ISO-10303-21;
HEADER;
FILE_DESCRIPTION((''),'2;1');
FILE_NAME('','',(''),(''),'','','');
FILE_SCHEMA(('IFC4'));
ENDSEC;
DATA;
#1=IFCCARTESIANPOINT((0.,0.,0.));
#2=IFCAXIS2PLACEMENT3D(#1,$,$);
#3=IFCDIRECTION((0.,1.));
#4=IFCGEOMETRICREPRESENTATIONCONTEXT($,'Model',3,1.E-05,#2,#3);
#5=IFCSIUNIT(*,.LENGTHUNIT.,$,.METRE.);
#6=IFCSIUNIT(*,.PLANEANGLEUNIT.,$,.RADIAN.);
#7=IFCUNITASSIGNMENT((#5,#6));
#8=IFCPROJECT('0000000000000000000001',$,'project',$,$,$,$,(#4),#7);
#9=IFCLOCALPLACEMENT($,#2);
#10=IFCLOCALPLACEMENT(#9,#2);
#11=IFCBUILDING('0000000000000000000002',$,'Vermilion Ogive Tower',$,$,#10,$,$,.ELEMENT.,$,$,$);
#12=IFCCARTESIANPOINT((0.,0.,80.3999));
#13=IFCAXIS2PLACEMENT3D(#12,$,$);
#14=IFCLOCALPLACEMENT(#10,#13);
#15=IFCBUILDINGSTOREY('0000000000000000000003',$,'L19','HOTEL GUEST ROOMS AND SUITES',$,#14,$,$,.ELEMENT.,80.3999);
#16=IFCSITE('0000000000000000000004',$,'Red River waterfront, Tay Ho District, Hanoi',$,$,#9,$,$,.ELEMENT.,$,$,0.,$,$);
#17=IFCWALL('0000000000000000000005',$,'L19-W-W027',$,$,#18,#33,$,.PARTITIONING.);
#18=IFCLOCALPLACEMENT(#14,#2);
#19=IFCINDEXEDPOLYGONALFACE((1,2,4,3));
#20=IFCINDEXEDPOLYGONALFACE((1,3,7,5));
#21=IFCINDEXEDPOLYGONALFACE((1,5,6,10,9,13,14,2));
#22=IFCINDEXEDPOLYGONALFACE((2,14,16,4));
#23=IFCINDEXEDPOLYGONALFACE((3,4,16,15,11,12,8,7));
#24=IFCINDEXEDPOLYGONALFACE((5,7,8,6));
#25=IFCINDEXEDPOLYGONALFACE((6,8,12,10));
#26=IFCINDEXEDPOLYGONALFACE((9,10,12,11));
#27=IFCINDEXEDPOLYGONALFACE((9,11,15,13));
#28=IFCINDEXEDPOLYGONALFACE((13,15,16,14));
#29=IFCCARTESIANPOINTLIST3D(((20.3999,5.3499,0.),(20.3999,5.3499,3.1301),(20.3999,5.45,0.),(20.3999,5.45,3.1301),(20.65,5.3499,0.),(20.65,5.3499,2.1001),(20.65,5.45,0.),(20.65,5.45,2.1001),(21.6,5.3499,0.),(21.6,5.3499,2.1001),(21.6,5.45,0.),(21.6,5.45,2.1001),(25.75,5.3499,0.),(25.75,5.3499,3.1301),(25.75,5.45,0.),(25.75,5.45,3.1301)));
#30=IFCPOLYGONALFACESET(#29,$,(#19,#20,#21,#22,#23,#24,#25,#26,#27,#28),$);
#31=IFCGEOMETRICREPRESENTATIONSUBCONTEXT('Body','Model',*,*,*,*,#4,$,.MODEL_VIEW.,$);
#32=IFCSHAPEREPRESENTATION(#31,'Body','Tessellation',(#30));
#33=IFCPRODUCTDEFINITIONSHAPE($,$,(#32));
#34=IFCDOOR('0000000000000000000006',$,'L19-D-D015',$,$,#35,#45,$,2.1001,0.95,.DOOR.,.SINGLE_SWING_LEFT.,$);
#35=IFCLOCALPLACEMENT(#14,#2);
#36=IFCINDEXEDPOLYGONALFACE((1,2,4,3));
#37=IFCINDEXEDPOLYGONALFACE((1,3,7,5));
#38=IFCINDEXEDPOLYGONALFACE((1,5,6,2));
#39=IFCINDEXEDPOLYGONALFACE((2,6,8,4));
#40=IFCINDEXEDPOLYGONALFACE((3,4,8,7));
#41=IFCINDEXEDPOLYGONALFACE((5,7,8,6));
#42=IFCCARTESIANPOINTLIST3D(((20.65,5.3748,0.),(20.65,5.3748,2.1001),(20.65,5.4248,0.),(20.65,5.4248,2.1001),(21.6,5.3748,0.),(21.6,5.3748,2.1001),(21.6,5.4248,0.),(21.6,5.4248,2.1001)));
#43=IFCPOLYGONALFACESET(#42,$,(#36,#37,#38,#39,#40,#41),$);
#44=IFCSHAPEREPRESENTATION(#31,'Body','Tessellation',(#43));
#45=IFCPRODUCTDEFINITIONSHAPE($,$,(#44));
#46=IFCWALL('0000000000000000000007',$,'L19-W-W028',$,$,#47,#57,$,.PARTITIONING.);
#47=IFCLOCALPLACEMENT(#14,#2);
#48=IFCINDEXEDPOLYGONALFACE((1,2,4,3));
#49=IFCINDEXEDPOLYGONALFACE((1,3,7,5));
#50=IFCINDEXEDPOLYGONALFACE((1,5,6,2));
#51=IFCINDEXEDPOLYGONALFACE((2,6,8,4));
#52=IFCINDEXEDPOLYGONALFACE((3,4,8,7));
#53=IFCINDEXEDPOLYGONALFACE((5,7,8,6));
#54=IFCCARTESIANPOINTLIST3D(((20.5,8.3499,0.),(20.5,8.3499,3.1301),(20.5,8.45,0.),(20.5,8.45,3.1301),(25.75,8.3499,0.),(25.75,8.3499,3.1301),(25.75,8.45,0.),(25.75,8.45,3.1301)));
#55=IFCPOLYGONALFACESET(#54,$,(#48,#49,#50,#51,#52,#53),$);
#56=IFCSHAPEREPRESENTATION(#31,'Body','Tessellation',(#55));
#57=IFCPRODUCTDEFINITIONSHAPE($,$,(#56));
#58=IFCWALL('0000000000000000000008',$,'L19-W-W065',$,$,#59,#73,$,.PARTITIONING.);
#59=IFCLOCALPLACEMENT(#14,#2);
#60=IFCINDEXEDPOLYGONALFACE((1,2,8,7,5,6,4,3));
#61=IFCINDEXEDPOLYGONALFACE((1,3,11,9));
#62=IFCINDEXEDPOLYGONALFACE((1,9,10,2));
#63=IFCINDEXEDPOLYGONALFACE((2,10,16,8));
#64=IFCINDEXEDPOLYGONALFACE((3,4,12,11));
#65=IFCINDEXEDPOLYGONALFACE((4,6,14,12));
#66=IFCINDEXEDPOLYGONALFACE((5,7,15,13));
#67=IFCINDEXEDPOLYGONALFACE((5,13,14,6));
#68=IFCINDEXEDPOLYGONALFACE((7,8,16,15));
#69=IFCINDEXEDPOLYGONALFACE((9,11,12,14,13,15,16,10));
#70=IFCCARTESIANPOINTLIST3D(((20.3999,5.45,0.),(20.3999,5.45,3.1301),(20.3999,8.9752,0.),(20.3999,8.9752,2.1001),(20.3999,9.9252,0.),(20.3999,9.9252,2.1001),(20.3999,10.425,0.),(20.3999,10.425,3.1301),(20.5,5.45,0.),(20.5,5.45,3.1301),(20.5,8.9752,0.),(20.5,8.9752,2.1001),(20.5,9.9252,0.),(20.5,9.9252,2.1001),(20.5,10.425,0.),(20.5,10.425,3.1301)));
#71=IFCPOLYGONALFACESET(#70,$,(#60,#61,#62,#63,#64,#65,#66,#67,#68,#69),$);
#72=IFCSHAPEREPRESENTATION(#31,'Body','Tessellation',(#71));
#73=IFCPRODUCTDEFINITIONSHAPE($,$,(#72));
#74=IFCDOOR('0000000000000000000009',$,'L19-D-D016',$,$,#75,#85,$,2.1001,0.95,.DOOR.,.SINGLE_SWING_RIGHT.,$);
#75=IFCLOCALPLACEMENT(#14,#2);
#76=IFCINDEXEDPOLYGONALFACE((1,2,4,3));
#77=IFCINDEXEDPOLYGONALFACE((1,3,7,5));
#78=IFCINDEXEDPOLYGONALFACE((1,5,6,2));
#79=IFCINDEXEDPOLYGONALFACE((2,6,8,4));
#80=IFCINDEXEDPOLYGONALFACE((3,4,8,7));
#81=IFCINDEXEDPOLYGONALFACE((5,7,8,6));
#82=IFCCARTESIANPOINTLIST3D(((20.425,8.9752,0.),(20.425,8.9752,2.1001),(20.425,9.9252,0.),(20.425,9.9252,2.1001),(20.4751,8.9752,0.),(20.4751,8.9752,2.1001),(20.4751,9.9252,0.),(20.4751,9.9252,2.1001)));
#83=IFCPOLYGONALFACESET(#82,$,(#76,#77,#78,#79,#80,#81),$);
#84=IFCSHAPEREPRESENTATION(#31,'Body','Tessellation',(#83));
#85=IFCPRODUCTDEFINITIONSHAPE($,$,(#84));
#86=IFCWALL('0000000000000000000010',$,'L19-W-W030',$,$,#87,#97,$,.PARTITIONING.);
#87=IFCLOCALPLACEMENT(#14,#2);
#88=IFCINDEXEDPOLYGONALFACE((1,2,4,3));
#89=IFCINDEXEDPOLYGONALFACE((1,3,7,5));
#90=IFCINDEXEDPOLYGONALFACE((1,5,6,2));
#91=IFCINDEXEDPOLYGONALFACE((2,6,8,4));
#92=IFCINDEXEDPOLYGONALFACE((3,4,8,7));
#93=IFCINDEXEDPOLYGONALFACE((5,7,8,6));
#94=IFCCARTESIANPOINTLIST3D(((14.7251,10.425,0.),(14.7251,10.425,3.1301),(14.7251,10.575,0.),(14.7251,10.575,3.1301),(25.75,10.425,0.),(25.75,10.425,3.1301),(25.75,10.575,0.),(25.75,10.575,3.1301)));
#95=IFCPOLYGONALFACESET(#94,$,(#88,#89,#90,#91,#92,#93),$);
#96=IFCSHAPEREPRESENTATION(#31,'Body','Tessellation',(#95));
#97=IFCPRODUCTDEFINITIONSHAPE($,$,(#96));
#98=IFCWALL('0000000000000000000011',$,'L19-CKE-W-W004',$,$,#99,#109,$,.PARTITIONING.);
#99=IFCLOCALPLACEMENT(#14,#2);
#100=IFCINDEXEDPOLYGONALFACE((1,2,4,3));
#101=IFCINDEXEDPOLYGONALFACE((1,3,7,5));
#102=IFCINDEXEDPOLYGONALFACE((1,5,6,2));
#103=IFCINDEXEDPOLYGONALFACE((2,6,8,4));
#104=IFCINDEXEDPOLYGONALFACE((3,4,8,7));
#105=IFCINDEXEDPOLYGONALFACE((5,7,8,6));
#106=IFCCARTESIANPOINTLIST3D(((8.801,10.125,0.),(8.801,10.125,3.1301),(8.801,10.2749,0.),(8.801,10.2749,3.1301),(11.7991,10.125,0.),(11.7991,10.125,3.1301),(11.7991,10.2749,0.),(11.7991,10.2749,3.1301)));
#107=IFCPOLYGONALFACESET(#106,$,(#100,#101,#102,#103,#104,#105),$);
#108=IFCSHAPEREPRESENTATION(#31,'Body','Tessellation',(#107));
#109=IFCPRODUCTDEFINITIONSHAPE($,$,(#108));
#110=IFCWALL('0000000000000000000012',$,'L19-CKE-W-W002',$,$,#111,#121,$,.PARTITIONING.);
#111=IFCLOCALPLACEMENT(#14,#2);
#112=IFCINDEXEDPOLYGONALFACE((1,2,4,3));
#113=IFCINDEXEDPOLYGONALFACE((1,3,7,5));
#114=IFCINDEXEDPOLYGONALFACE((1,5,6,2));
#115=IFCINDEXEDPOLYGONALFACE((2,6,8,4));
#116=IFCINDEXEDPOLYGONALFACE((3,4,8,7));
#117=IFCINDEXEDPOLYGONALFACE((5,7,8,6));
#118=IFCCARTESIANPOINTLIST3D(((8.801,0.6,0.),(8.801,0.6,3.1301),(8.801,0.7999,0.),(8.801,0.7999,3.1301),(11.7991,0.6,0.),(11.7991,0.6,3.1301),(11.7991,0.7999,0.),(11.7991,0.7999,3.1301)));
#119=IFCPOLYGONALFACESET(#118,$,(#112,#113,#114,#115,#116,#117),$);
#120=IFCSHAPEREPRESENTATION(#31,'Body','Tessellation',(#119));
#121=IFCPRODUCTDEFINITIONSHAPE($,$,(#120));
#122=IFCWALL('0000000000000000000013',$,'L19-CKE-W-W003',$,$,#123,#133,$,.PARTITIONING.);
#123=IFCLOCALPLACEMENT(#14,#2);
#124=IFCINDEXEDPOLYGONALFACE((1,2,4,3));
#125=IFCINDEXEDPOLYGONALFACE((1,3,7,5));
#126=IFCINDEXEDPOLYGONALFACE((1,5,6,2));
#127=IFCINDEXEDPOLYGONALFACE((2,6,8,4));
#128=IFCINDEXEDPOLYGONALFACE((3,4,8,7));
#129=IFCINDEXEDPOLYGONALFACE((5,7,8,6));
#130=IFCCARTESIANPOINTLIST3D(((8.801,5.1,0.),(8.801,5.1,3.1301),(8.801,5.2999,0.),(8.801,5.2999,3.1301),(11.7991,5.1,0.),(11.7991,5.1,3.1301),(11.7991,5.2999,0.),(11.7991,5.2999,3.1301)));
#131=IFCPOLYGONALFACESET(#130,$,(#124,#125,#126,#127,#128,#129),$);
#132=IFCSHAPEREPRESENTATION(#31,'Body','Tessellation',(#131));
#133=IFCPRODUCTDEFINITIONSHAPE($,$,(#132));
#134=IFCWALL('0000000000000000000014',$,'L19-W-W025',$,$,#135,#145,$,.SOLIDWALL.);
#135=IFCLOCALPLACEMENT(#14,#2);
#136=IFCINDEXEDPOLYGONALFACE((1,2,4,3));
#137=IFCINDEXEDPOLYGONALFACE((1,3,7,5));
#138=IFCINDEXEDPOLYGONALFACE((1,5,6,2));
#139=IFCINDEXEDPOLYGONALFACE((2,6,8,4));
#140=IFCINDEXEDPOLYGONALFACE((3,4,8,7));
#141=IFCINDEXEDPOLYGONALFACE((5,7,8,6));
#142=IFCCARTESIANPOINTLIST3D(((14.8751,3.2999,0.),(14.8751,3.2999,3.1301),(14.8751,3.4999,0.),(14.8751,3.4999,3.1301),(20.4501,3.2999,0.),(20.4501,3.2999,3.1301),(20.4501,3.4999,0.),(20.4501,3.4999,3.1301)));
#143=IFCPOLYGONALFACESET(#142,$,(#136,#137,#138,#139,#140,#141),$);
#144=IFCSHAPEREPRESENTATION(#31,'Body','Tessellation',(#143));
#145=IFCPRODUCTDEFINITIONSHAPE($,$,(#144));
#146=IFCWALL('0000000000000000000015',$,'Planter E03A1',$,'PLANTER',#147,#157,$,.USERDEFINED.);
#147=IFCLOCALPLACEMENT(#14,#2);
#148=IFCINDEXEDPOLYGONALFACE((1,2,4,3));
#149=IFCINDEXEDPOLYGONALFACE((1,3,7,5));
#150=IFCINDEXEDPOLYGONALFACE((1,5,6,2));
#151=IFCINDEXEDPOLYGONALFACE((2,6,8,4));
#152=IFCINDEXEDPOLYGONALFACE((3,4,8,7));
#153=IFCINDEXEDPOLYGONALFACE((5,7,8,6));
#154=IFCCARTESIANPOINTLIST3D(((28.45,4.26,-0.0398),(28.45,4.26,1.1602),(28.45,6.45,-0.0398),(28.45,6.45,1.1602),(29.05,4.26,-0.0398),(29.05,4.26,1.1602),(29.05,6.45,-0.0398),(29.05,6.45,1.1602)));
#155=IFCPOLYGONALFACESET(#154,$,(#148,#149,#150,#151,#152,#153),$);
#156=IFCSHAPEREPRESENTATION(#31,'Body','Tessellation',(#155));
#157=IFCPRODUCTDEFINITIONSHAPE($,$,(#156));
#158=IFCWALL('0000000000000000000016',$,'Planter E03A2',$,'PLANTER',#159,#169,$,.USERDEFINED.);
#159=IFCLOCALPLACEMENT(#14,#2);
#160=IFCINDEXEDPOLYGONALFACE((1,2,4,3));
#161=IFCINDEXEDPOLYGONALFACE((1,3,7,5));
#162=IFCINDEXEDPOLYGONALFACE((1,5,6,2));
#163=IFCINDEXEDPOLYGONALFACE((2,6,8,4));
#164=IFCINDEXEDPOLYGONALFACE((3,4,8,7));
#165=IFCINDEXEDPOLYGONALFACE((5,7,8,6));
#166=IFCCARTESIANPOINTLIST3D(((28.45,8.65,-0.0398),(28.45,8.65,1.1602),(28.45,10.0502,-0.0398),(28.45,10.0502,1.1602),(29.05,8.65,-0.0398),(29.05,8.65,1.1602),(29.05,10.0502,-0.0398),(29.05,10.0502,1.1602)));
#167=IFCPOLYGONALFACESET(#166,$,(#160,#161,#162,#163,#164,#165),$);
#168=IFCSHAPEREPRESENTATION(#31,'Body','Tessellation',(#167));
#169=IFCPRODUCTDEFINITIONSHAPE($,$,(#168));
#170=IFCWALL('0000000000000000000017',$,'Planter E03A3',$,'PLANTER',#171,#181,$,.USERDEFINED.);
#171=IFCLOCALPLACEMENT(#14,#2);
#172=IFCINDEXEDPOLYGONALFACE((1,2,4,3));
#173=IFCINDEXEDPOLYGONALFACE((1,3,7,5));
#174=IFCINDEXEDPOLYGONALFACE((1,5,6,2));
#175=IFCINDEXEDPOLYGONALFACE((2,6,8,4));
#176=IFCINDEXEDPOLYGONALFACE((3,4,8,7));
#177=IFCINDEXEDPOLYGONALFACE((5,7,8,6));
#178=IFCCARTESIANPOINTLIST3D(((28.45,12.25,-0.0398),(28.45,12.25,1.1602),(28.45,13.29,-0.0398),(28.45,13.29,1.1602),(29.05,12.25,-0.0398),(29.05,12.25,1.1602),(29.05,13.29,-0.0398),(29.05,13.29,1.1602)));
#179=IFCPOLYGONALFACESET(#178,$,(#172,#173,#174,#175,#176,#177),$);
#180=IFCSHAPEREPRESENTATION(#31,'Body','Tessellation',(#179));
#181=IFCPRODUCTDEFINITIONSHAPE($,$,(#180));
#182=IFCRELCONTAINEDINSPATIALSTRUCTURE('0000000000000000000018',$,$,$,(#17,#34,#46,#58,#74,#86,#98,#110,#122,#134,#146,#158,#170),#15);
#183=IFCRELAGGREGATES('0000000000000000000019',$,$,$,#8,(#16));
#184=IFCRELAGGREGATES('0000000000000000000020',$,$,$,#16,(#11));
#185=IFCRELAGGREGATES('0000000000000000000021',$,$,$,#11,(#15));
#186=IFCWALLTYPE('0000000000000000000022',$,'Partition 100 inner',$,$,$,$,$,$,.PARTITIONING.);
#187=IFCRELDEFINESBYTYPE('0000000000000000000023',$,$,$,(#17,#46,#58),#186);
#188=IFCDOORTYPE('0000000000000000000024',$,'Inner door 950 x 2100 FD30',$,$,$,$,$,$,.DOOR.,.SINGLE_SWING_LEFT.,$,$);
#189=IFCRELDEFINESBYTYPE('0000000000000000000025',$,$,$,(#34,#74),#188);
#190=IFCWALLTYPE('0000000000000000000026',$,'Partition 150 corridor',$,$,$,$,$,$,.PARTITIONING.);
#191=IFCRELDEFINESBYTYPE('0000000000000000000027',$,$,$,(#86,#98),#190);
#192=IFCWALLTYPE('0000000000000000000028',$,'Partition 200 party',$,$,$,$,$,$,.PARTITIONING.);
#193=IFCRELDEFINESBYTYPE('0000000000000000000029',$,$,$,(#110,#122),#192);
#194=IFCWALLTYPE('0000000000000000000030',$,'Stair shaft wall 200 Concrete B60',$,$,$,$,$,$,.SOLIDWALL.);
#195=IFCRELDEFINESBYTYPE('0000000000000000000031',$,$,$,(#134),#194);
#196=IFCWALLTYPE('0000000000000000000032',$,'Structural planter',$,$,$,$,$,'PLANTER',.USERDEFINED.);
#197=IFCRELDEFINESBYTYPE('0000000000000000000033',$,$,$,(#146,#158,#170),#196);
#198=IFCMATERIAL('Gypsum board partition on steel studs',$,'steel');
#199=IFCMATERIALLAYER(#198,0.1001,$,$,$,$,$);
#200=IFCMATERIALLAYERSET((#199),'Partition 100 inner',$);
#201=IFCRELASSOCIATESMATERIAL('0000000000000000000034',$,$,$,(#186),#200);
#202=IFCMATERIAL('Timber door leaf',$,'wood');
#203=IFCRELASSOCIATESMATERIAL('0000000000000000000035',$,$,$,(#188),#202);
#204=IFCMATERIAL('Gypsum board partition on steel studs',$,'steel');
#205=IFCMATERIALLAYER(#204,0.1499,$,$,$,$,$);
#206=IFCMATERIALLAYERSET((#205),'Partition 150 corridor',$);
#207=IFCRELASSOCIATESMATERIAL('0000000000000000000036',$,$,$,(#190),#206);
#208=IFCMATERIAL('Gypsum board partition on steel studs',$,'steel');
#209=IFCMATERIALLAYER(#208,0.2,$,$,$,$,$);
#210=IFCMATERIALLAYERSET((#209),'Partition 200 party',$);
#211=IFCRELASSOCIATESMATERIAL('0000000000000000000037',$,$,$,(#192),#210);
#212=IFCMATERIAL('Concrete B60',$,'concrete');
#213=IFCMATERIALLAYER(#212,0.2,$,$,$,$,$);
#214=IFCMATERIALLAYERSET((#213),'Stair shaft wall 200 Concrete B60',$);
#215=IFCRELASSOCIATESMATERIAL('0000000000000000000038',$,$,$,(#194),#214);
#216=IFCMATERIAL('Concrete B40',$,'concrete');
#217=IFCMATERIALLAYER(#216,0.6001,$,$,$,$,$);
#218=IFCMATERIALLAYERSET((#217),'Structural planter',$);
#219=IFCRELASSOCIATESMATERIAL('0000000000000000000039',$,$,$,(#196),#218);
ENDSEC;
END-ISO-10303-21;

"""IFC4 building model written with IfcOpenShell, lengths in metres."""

from ifc_helpers import new_model, si_unit, direction, frame, frame_2d, origin, place, context, subcontext, project, spatial, rectangle, extrude, material, layer, layer_set, type_object, element, fill, save


model = new_model("IFC4")

# Units and contexts
model_context = context("Model", 3, precision=1e-05, world=origin(), true_north=direction((0.0, 1.0)))
body_context = subcontext(model_context, "Body", "Model", "MODEL_VIEW")
ifc_project = project(units=[si_unit("LENGTHUNIT", "METRE"), si_unit("PLANEANGLEUNIT", "RADIAN")], contexts=[model_context])

# Site, building, storey
site_placement = place(None, origin())
site = spatial("IfcSite", under=ifc_project, at=site_placement, Name="Red River waterfront, Tay Ho District, Hanoi", CompositionType="ELEMENT", RefElevation=0.0)
building_placement = place(site_placement, origin())
building = spatial("IfcBuilding", under=site, at=building_placement, Name="Vermilion Ogive Tower", CompositionType="ELEMENT")
storey_placement = place(building_placement, frame((0.0, 0.0, 80.3999)))
storey = spatial("IfcBuildingStorey", under=building, at=storey_placement, Name="L19", Description="HOTEL GUEST ROOMS AND SUITES", CompositionType="ELEMENT", Elevation=80.3999)

# Wall, opening, door
ifc_material_1 = material(Name="Gypsum board partition on steel studs", Category="steel")
ifc_layer_1 = layer(ifc_material_1, 0.1001)
ifc_layer_set_1 = layer_set([ifc_layer_1], Name="Partition 100 inner")
wall_type_1 = type_object("IfcWallType", Name="Partition 100 inner", PredefinedType="PARTITIONING", material=ifc_layer_set_1)
ifc_material_2 = material(Name="Timber door leaf", Category="wood")
door_type_1 = type_object("IfcDoorType", Name="Inner door 950 x 2100 FD30", OperationType="SINGLE_SWING_LEFT", PredefinedType="DOOR", material=ifc_material_2)
wall_1_placement = place(storey_placement, frame((20.3999, 5.3999, 0.0), z_axis=(0.0, 0.0, 1.0), x_axis=(1.0, 0.0, 0.0)))
wall_1 = element("IfcWall", 1, at=wall_1_placement, inside=storey, type_object=wall_type_1, Name="L19-W-W027", PredefinedType="PARTITIONING", context=body_context, shape_type="SweptSolid", body=[
    extrude(rectangle(XDim=5.3501, YDim=0.1001, at=frame_2d((2.675, 0.0))), origin(), (0.0, 0.0, 1.0), 3.1301),
])
opening_1_placement = place(wall_1_placement, frame((0.25, 0.0, 0.0)))
opening_1 = element("IfcOpeningElement", 2, at=opening_1_placement, cuts=wall_1, PredefinedType="OPENING", context=body_context, shape_type="SweptSolid", body=[
    extrude(rectangle(XDim=0.95, YDim=2.1001, at=frame_2d((0.4751, 1.05))), frame((0.0, 0.0601, 0.0), z_axis=(0.0, -1.0, 0.0), x_axis=(1.0, 0.0, 0.0)), (0.0, 0.0, 1.0), 0.1201),
])
door_1_placement = place(opening_1_placement, origin())
door_1 = element("IfcDoor", 3, at=door_1_placement, inside=storey, type_object=door_type_1, Name="L19-D-D015", OperationType="SINGLE_SWING_LEFT", OverallHeight=2.1001, OverallWidth=0.95, PredefinedType="DOOR", context=body_context, shape_type="SweptSolid", body=[
    extrude(rectangle(XDim=0.95, YDim=2.1001, at=frame_2d((0.4751, 1.05))), frame((0.0, 0.0249, 0.0), z_axis=(0.0, -1.0, 0.0), x_axis=(1.0, 0.0, 0.0)), (0.0, 0.0, 1.0), 0.05),
])
fill(opening_1, door_1)

# Wall
wall_2_placement = place(storey_placement, frame((20.5, 8.3999, 0.0), z_axis=(0.0, 0.0, 1.0), x_axis=(1.0, 0.0, 0.0)))
element("IfcWall", 4, at=wall_2_placement, inside=storey, type_object=wall_type_1, Name="L19-W-W028", PredefinedType="PARTITIONING", context=body_context, shape_type="SweptSolid", body=[
    extrude(rectangle(XDim=5.25, YDim=0.1001, at=frame_2d((2.625, 0.0))), origin(), (0.0, 0.0, 1.0), 3.1301),
])

# Wall, opening, door
wall_3_placement = place(storey_placement, frame((20.45, 5.45, 0.0), z_axis=(0.0, 0.0, 1.0), x_axis=(0.0, 1.0, 0.0)))
wall_3 = element("IfcWall", 5, at=wall_3_placement, inside=storey, type_object=wall_type_1, Name="L19-W-W065", PredefinedType="PARTITIONING", context=body_context, shape_type="SweptSolid", body=[
    extrude(rectangle(XDim=4.9751, YDim=0.1001, at=frame_2d((2.4875, 0.0))), origin(), (0.0, 0.0, 1.0), 3.1301),
])
opening_2_placement = place(wall_3_placement, frame((3.5251, 0.0, 0.0)))
opening_2 = element("IfcOpeningElement", 6, at=opening_2_placement, cuts=wall_3, PredefinedType="OPENING", context=body_context, shape_type="SweptSolid", body=[
    extrude(rectangle(XDim=0.95, YDim=2.1001, at=frame_2d((0.4751, 1.05))), frame((0.0, 0.0601, 0.0), z_axis=(0.0, -1.0, 0.0), x_axis=(1.0, 0.0, 0.0)), (0.0, 0.0, 1.0), 0.1201),
])
door_2_placement = place(opening_2_placement, origin())
door_2 = element("IfcDoor", 7, at=door_2_placement, inside=storey, type_object=door_type_1, Name="L19-D-D016", OperationType="SINGLE_SWING_RIGHT", OverallHeight=2.1001, OverallWidth=0.95, PredefinedType="DOOR", context=body_context, shape_type="SweptSolid", body=[
    extrude(rectangle(XDim=0.95, YDim=2.1001, at=frame_2d((0.4751, 1.05))), frame((0.0, 0.0249, 0.0), z_axis=(0.0, -1.0, 0.0), x_axis=(1.0, 0.0, 0.0)), (0.0, 0.0, 1.0), 0.05),
])
fill(opening_2, door_2)

# Walls
ifc_material_3 = material(Name="Gypsum board partition on steel studs", Category="steel")
ifc_layer_2 = layer(ifc_material_3, 0.1499)
ifc_layer_set_2 = layer_set([ifc_layer_2], Name="Partition 150 corridor")
wall_type_2 = type_object("IfcWallType", Name="Partition 150 corridor", PredefinedType="PARTITIONING", material=ifc_layer_set_2)
wall_4_placement = place(storey_placement, frame((14.7251, 10.5, 0.0), z_axis=(0.0, 0.0, 1.0), x_axis=(1.0, 0.0, 0.0)))
element("IfcWall", 8, at=wall_4_placement, inside=storey, type_object=wall_type_2, Name="L19-W-W030", PredefinedType="PARTITIONING", context=body_context, shape_type="SweptSolid", body=[
    extrude(rectangle(XDim=11.0249, YDim=0.1499, at=frame_2d((5.5125, 0.0))), origin(), (0.0, 0.0, 1.0), 3.1301),
])
wall_5_placement = place(storey_placement, frame((8.801, 10.2, 0.0), z_axis=(0.0, 0.0, 1.0), x_axis=(1.0, 0.0, 0.0)))
element("IfcWall", 9, at=wall_5_placement, inside=storey, type_object=wall_type_2, Name="L19-CKE-W-W004", PredefinedType="PARTITIONING", context=body_context, shape_type="SweptSolid", body=[
    extrude(rectangle(XDim=2.998, YDim=0.1499, at=frame_2d((1.499, 0.0))), origin(), (0.0, 0.0, 1.0), 3.1301),
])
ifc_material_4 = material(Name="Gypsum board partition on steel studs", Category="steel")
ifc_layer_3 = layer(ifc_material_4, 0.2)
ifc_layer_set_3 = layer_set([ifc_layer_3], Name="Partition 200 party")
wall_type_3 = type_object("IfcWallType", Name="Partition 200 party", PredefinedType="PARTITIONING", material=ifc_layer_set_3)
for number, where, z_axis, x_axis, name in (
    (10, (8.801, 0.7, 0.0), (0.0, 0.0, 1.0), (1.0, 0.0, 0.0), "L19-CKE-W-W002"),
    (11, (8.801, 5.2, 0.0), (0.0, 0.0, 1.0), (1.0, 0.0, 0.0), "L19-CKE-W-W003"),
):
    element("IfcWall", number, at=place(storey_placement, frame(where, z_axis=z_axis, x_axis=x_axis)), inside=storey, type_object=wall_type_3, Name=name, PredefinedType="PARTITIONING", context=body_context, shape_type="SweptSolid", body=[
        extrude(rectangle(XDim=2.998, YDim=0.2, at=frame_2d((1.499, 0.0))), origin(), (0.0, 0.0, 1.0), 3.1301),
    ])
ifc_material_5 = material(Name="Concrete B60", Category="concrete")
ifc_layer_4 = layer(ifc_material_5, 0.2)
ifc_layer_set_4 = layer_set([ifc_layer_4], Name="Stair shaft wall 200 Concrete B60")
wall_type_4 = type_object("IfcWallType", Name="Stair shaft wall 200 Concrete B60", PredefinedType="SOLIDWALL", material=ifc_layer_set_4)
wall_6_placement = place(storey_placement, frame((14.875, 3.3999, 0.0), z_axis=(0.0, 0.0, 1.0), x_axis=(1.0, 0.0, 0.0)))
element("IfcWall", 12, at=wall_6_placement, inside=storey, type_object=wall_type_4, Name="L19-W-W025", PredefinedType="SOLIDWALL", context=body_context, shape_type="SweptSolid", body=[
    extrude(rectangle(XDim=5.575, YDim=0.2, at=frame_2d((2.7876, 0.0))), origin(), (0.0, 0.0, 1.0), 3.1301),
])
ifc_material_6 = material(Name="Concrete B40", Category="concrete")
ifc_layer_5 = layer(ifc_material_6, 0.6001)
ifc_layer_set_5 = layer_set([ifc_layer_5], Name="Structural planter")
wall_type_5 = type_object("IfcWallType", Name="Structural planter", ElementType="PLANTER", PredefinedType="USERDEFINED", material=ifc_layer_set_5)
wall_7_placement = place(storey_placement, frame((28.75, 4.26, -0.0398), z_axis=(0.0, 0.0, 1.0), x_axis=(0.0, 1.0, 0.0)))
element("IfcWall", 13, at=wall_7_placement, inside=storey, type_object=wall_type_5, Name="Planter E03A1", ObjectType="PLANTER", PredefinedType="USERDEFINED", context=body_context, shape_type="SweptSolid", body=[
    extrude(rectangle(XDim=2.1899, YDim=0.6001, at=frame_2d((1.095, 0.0))), origin(), (0.0, 0.0, 1.0), 1.2),
])
wall_8_placement = place(storey_placement, frame((28.75, 8.6499, -0.0398), z_axis=(0.0, 0.0, 1.0), x_axis=(0.0, 1.0, 0.0)))
element("IfcWall", 14, at=wall_8_placement, inside=storey, type_object=wall_type_5, Name="Planter E03A2", ObjectType="PLANTER", PredefinedType="USERDEFINED", context=body_context, shape_type="SweptSolid", body=[
    extrude(rectangle(XDim=1.4001, YDim=0.6001, at=frame_2d((0.7002, 0.0))), origin(), (0.0, 0.0, 1.0), 1.2),
])
wall_9_placement = place(storey_placement, frame((28.75, 12.25, -0.0398), z_axis=(0.0, 0.0, 1.0), x_axis=(0.0, 1.0, 0.0)))
element("IfcWall", 15, at=wall_9_placement, inside=storey, type_object=wall_type_5, Name="Planter E03A3", ObjectType="PLANTER", PredefinedType="USERDEFINED", context=body_context, shape_type="SweptSolid", body=[
    extrude(rectangle(XDim=1.04, YDim=0.6001, at=frame_2d((0.52, 0.0))), origin(), (0.0, 0.0, 1.0), 1.2),
])

save(model, "model.ifc")
